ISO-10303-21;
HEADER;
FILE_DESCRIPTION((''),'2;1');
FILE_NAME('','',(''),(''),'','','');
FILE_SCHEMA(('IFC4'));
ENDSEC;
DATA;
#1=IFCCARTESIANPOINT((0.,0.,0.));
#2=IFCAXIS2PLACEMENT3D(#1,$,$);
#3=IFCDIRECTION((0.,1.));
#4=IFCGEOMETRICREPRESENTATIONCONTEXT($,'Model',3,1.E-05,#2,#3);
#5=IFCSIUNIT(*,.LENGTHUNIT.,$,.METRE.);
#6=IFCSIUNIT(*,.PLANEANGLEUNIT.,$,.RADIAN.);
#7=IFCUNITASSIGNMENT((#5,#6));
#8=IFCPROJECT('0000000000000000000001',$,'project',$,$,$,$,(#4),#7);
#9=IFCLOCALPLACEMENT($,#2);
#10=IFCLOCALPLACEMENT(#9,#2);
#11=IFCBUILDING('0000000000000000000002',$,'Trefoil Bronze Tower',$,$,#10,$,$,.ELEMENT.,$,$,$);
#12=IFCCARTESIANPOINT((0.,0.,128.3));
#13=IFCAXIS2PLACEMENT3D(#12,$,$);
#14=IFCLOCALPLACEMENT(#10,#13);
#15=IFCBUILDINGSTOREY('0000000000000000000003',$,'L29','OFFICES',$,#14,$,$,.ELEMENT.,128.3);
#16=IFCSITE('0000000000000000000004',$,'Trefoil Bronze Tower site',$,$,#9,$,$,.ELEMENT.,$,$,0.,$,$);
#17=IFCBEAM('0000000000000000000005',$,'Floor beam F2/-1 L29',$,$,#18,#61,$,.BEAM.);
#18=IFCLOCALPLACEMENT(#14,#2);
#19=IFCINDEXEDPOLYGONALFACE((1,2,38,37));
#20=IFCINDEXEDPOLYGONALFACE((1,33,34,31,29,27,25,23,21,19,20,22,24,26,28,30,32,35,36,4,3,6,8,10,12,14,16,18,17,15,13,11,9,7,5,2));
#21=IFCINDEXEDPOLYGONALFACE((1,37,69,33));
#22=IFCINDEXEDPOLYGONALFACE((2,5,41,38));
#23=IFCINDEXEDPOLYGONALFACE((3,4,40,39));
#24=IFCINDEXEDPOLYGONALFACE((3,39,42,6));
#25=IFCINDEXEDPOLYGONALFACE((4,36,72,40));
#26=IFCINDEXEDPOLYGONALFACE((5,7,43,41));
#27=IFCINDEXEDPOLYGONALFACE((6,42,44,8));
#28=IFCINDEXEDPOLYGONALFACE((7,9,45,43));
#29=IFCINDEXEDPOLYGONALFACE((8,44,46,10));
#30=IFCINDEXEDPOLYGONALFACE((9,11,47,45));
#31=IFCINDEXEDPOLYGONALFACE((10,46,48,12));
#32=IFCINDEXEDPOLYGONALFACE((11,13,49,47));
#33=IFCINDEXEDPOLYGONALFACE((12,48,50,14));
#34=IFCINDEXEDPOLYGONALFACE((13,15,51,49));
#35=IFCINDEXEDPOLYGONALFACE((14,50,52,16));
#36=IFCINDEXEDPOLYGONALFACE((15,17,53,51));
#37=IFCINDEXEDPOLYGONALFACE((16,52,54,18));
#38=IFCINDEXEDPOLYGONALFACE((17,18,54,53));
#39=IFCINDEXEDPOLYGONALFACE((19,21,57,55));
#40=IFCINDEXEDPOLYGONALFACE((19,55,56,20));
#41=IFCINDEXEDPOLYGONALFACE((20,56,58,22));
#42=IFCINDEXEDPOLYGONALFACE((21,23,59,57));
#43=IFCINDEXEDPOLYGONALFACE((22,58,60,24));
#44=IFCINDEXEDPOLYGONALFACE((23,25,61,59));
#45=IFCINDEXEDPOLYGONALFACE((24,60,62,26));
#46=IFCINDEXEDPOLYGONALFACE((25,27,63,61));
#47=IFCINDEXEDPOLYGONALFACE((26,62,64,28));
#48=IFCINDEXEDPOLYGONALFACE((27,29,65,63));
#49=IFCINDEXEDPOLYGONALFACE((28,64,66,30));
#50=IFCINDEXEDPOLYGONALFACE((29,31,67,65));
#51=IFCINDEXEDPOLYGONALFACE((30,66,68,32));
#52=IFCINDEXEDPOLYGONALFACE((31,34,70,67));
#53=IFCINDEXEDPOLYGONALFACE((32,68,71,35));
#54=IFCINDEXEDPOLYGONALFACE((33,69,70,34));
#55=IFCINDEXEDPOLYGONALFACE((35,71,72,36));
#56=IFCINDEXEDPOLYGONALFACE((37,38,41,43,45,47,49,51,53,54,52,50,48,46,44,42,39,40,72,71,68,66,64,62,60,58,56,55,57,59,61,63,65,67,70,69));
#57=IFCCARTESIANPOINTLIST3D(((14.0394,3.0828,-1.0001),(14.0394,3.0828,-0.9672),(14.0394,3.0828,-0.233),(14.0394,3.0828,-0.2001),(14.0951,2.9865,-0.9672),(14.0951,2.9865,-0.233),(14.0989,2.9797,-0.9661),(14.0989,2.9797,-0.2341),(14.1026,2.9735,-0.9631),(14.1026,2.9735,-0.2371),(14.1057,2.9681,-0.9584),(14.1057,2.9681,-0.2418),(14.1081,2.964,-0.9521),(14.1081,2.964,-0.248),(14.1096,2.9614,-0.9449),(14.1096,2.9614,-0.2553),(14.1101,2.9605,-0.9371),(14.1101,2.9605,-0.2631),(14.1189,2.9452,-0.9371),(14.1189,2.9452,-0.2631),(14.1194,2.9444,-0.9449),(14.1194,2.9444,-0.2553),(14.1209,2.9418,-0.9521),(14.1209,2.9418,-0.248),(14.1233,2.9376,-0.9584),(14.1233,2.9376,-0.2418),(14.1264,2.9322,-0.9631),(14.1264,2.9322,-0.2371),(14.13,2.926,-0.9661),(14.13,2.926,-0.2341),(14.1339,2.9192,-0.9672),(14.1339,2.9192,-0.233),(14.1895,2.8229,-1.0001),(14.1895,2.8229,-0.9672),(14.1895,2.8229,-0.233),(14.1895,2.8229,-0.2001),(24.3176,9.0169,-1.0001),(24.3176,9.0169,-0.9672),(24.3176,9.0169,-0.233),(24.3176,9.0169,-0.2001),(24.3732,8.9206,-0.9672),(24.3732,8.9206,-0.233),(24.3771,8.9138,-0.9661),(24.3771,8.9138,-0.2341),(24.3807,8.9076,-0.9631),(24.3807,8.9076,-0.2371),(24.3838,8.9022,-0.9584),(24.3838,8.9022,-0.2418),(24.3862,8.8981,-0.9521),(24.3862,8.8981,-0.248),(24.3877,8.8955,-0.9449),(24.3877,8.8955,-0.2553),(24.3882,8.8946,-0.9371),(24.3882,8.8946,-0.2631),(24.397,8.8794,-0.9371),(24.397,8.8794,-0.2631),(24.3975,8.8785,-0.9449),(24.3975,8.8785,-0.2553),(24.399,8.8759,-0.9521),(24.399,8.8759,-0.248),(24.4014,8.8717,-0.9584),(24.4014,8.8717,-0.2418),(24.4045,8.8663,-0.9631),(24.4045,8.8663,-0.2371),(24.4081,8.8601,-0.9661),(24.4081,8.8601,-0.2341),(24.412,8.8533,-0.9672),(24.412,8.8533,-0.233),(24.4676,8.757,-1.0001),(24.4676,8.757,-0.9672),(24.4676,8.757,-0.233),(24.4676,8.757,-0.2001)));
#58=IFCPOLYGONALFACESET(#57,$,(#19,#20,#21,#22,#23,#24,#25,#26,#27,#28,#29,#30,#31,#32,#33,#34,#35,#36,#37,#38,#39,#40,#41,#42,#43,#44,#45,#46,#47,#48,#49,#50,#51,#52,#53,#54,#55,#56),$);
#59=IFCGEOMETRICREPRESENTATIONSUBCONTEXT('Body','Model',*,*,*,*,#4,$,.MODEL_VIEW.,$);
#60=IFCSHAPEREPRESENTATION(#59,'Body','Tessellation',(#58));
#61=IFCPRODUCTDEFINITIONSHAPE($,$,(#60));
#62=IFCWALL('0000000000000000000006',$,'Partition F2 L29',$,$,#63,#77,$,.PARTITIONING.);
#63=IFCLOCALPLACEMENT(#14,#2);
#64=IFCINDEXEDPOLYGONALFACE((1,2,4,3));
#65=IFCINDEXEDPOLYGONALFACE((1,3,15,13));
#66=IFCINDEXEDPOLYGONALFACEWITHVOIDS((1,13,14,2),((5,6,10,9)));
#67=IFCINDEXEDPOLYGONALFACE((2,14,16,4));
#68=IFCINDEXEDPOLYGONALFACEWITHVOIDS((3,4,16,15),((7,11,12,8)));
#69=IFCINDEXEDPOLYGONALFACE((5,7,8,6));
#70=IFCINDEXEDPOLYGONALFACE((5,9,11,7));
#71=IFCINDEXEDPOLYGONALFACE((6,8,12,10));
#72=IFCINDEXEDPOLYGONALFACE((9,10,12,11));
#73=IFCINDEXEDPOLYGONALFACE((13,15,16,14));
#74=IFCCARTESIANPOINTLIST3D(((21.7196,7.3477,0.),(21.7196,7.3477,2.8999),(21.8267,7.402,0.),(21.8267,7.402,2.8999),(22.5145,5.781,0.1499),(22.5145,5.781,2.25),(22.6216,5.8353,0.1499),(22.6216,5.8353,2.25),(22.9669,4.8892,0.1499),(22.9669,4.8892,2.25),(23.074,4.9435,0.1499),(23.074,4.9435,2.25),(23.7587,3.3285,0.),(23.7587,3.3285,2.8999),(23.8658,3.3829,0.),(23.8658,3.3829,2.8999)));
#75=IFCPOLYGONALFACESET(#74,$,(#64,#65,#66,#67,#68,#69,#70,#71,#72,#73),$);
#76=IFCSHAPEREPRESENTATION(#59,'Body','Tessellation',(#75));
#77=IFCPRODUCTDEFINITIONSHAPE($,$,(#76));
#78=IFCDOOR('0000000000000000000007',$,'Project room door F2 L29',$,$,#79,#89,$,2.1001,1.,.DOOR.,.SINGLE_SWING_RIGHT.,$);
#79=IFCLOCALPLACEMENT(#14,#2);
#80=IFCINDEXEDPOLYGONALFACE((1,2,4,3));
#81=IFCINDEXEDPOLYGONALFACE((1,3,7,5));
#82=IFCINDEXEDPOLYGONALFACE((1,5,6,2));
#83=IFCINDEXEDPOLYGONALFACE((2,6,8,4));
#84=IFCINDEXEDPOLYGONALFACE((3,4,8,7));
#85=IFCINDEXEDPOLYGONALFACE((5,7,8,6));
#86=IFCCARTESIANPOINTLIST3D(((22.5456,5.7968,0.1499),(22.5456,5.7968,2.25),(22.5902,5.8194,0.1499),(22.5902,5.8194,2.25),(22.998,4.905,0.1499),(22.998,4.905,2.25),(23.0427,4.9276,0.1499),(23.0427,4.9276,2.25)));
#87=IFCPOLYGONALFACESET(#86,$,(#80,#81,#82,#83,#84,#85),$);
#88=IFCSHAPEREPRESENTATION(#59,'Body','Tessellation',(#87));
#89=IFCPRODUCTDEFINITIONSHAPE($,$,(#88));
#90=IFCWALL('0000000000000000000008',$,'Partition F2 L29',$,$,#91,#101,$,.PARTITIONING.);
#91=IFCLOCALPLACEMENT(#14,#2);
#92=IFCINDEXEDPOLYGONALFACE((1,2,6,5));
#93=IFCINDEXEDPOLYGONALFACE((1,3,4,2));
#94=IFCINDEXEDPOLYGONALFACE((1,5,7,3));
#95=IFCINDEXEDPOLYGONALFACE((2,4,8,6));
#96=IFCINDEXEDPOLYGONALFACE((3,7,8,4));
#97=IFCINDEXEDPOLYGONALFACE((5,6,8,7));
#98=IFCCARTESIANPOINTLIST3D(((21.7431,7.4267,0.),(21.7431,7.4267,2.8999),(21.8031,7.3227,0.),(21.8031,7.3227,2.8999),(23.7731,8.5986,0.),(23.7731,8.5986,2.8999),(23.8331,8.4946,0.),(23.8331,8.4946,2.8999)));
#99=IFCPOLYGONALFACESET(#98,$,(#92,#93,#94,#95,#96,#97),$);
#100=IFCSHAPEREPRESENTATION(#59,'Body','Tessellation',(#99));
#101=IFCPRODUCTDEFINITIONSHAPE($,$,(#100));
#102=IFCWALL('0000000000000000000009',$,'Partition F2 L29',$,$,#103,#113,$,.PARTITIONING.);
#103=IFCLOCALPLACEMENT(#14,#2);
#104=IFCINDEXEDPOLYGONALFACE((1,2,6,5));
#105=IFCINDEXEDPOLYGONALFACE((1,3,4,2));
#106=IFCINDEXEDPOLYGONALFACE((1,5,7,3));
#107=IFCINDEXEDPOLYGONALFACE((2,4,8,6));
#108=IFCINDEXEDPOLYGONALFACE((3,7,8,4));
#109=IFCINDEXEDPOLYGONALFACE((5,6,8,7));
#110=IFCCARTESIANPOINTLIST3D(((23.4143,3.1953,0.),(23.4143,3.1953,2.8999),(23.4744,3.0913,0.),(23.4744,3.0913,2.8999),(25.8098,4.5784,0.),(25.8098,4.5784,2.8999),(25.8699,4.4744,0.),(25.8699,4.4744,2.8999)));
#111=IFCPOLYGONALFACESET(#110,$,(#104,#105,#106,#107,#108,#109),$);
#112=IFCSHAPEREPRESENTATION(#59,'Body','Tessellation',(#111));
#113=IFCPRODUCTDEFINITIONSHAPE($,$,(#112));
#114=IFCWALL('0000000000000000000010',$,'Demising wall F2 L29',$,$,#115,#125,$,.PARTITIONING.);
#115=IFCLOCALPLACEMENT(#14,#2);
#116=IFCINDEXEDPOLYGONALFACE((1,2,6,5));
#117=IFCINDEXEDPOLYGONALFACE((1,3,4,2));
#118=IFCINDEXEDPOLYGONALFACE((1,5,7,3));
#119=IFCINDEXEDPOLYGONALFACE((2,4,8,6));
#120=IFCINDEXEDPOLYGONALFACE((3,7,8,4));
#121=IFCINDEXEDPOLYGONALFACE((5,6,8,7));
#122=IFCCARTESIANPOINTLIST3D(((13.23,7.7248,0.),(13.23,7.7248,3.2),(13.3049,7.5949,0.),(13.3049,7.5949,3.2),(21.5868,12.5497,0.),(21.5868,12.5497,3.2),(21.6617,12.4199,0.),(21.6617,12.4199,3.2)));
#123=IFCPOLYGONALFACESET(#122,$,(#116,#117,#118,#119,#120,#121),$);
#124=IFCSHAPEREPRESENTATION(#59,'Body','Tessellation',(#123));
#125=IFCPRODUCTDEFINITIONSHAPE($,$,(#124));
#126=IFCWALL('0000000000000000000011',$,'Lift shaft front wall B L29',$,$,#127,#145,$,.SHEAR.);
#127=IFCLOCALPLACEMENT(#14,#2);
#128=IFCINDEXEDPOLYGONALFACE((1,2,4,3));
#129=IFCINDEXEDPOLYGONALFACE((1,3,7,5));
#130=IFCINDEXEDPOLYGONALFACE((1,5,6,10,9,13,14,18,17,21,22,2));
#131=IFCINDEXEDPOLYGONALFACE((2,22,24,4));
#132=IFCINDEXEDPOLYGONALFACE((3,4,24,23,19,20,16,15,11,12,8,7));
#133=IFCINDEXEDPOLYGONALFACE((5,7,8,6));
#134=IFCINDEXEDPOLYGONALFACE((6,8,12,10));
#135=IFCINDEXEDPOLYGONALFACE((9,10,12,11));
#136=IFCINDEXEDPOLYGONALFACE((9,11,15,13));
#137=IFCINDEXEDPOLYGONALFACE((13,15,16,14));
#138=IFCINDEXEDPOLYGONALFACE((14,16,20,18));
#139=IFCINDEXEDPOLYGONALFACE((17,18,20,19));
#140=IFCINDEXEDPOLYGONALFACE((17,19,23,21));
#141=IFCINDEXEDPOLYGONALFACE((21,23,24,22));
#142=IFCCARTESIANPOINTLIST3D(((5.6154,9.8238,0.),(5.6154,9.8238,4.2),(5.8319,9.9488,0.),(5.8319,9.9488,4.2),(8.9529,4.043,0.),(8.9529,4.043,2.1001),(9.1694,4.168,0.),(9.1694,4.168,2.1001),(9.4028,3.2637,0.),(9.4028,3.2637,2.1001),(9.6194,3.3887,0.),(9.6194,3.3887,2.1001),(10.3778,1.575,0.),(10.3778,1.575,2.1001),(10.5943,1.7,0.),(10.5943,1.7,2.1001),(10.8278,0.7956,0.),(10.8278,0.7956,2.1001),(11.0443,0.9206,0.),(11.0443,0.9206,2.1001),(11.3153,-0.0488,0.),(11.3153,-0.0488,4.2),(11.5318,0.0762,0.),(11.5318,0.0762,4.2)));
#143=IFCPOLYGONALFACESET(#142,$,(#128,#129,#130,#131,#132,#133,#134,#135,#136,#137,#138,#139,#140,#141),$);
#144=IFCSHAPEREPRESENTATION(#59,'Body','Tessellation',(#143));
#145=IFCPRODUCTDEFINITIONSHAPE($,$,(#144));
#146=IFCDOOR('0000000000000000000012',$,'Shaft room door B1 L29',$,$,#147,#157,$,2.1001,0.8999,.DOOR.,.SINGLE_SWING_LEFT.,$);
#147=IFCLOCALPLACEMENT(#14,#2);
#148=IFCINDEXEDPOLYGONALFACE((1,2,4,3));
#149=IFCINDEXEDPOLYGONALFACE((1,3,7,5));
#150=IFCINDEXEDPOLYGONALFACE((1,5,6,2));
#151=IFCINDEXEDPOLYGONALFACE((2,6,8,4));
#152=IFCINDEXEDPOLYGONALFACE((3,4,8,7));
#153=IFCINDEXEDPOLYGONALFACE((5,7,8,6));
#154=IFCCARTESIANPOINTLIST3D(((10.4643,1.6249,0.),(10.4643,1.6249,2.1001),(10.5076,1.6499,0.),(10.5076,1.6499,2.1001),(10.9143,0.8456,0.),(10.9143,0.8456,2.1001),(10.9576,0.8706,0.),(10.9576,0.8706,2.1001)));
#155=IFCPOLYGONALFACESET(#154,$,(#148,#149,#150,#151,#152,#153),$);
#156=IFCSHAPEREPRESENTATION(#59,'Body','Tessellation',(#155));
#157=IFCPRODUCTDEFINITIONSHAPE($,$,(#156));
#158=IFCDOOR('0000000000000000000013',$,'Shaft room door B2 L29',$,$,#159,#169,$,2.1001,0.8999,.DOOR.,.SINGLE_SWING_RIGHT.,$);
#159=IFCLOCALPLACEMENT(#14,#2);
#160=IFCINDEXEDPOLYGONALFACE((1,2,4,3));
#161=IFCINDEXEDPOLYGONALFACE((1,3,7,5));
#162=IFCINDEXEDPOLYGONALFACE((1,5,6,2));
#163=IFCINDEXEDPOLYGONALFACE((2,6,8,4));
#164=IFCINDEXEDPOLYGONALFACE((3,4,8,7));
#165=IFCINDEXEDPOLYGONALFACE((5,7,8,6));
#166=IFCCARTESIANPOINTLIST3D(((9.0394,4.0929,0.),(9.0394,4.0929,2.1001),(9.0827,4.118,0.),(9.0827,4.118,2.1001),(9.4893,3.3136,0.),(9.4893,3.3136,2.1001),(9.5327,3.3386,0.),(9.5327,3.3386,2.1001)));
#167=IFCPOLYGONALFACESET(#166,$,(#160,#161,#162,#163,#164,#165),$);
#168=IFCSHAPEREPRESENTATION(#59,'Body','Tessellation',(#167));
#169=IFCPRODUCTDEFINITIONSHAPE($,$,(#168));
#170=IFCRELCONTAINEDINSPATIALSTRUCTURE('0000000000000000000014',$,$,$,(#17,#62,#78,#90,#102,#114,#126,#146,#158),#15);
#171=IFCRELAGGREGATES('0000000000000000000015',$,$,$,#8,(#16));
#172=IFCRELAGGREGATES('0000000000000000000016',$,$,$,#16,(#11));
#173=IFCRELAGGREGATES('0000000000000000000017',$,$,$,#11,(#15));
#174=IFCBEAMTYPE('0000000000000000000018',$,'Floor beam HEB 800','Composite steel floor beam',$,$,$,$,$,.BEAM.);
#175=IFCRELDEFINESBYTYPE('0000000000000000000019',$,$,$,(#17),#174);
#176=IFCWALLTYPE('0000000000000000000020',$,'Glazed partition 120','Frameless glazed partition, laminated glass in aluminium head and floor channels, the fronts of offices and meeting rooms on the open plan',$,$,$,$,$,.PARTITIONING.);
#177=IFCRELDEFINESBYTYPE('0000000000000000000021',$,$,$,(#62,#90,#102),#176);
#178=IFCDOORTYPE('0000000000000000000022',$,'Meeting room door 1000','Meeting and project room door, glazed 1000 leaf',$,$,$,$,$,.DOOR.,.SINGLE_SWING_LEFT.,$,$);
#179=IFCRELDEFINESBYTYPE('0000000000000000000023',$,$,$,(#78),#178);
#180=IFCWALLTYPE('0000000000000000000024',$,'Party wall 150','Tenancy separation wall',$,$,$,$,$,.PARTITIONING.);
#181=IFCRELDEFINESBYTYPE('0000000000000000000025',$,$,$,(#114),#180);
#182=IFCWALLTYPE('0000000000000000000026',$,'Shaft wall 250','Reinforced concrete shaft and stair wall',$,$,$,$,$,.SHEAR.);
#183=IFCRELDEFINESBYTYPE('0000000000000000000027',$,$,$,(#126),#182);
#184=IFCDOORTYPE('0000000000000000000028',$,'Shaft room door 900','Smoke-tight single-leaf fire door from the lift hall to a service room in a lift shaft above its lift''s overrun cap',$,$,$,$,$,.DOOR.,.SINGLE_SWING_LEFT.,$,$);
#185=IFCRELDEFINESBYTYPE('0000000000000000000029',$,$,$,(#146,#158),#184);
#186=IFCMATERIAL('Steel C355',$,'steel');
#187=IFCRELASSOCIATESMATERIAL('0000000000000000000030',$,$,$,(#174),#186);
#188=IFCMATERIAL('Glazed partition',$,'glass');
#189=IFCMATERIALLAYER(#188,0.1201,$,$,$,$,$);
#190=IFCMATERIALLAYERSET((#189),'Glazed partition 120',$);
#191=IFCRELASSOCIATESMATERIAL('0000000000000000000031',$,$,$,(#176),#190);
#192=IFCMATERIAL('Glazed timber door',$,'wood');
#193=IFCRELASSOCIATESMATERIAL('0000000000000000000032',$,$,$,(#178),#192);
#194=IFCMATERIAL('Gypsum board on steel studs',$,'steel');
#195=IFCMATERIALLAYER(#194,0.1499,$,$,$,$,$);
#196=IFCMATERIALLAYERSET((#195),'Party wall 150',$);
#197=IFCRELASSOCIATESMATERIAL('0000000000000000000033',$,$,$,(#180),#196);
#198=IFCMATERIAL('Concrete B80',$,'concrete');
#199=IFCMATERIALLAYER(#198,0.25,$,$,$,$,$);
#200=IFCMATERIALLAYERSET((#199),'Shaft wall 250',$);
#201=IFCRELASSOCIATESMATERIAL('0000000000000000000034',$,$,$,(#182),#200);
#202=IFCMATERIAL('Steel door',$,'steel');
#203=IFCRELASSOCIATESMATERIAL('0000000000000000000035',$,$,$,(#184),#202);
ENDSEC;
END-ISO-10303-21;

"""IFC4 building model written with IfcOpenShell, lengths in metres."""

from ifc_helpers import new_model, si_unit, direction, frame, frame_2d, origin, origin_2d, place, context, subcontext, project, spatial, rectangle, i_section, extrude, material, layer, layer_set, material_profile, profile_set, type_object, element, fill, save


model = new_model("IFC4")

# Units and contexts
model_context = context("Model", 3, precision=1e-05, world=origin(), true_north=direction((0.0, 1.0)))
body_context = subcontext(model_context, "Body", "Model", "MODEL_VIEW")
ifc_project = project(units=[si_unit("LENGTHUNIT", "METRE"), si_unit("PLANEANGLEUNIT", "RADIAN")], contexts=[model_context])

# Site, building, storey
site_placement = place(None, origin())
site = spatial("IfcSite", under=ifc_project, at=site_placement, Name="Trefoil Bronze Tower site", CompositionType="ELEMENT", RefElevation=0.0)
building_placement = place(site_placement, origin())
building = spatial("IfcBuilding", under=site, at=building_placement, Name="Trefoil Bronze Tower", CompositionType="ELEMENT")
storey_placement = place(building_placement, frame((0.0, 0.0, 128.3)))
storey = spatial("IfcBuildingStorey", under=building, at=storey_placement, Name="L29", Description="OFFICES", CompositionType="ELEMENT", Elevation=128.3)

# Beam
ifc_material_1 = material(Name="Steel C355", Category="steel")
ifc_material_profile_1 = material_profile(ifc_material_1, i_section(OverallWidth=0.3, OverallDepth=0.8, WebThickness=0.0176, FlangeThickness=0.033, FilletRadius=0.03, at=origin_2d()), Name="HEB 800")
ifc_profile_set_1 = profile_set([ifc_material_profile_1], Name="Steel C355")
beam_type_1 = type_object("IfcBeamType", Name="Floor beam HEB 800", Description="Composite steel floor beam", PredefinedType="BEAM", material=ifc_profile_set_1)
beam_placement = place(storey_placement, frame((24.3926, 8.887, -0.6001), z_axis=(-0.866024, -0.500002, 0.0), x_axis=(0.500002, -0.866024, 0.0)))
element("IfcBeam", 1, at=beam_placement, inside=storey, type_object=beam_type_1, Name="Floor beam F2/-1 L29", PredefinedType="BEAM", context=body_context, shape_type="SweptSolid", body=[
    extrude(i_section(OverallWidth=0.3, OverallDepth=0.8, WebThickness=0.0176, FlangeThickness=0.033, FilletRadius=0.03, at=origin_2d()), origin(), (0.0, 0.0, 1.0), 11.8682),
])

# Wall, opening, door
ifc_material_2 = material(Name="Glazed partition", Category="glass")
ifc_layer_1 = layer(ifc_material_2, 0.1201)
ifc_layer_set_1 = layer_set([ifc_layer_1], Name="Glazed partition 120")
wall_type_1 = type_object("IfcWallType", Name="Glazed partition 120", Description="Frameless glazed partition, laminated glass in aluminium head and floor channels, the fronts of offices and meeting rooms on the open plan", PredefinedType="PARTITIONING", material=ifc_layer_set_1)
wall_1_placement = place(storey_placement, frame((23.8123, 3.3557, 0.0), z_axis=(0.0, 0.0, 1.0), x_axis=(-0.45245, 0.89179, 0.0)))
wall_1 = element("IfcWall", 2, at=wall_1_placement, inside=storey, type_object=wall_type_1, Name="Partition F2 L29", PredefinedType="PARTITIONING", context=body_context, shape_type="SweptSolid", body=[
    extrude(rectangle(XDim=4.5068, YDim=0.1201, at=frame_2d((2.2534, 0.0))), origin(), (0.0, 0.0, 1.0), 2.8999),
])
opening_1_placement = place(wall_1_placement, frame((1.75, 0.0, 0.1499)))
opening_1 = element("IfcOpeningElement", 3, at=opening_1_placement, cuts=wall_1, PredefinedType="OPENING", context=body_context, shape_type="SweptSolid", body=[
    extrude(rectangle(XDim=1.0, YDim=2.1001, at=frame_2d((0.5, 1.05))), frame((0.0, 0.0701, 0.0), z_axis=(0.0, -1.0, 0.0), x_axis=(1.0, 0.0, 0.0)), (0.0, 0.0, 1.0), 0.1401),
])
ifc_material_3 = material(Name="Glazed timber door", Category="wood")
door_type_1 = type_object("IfcDoorType", Name="Meeting room door 1000", Description="Meeting and project room door, glazed 1000 leaf", OperationType="SINGLE_SWING_LEFT", PredefinedType="DOOR", material=ifc_material_3)
door_1_placement = place(opening_1_placement, frame((1.0, 0.0, 0.0), z_axis=(0.0, 0.0, 1.0), x_axis=(-1.0, 0.0, 0.0)))
door_1 = element("IfcDoor", 4, at=door_1_placement, inside=storey, type_object=door_type_1, Name="Project room door F2 L29", OperationType="SINGLE_SWING_RIGHT", OverallHeight=2.1001, OverallWidth=1.0, PredefinedType="DOOR", context=body_context, shape_type="SweptSolid", body=[
    extrude(rectangle(XDim=1.0, YDim=2.1001, at=frame_2d((0.5, 1.05))), frame((0.0, 0.0249, 0.0), z_axis=(0.0, -1.0, 0.0), x_axis=(1.0, 0.0, 0.0)), (0.0, 0.0, 1.0), 0.05),
])
fill(opening_1, door_1)

# Walls
wall_2_placement = place(storey_placement, frame((21.7732, 7.3748, 0.0), z_axis=(0.0, 0.0, 1.0), x_axis=(0.866056, 0.499948, 0.0)))
element("IfcWall", 5, at=wall_2_placement, inside=storey, type_object=wall_type_1, Name="Partition F2 L29", PredefinedType="PARTITIONING", context=body_context, shape_type="SweptSolid", body=[
    extrude(rectangle(XDim=2.344, YDim=0.1201, at=frame_2d((1.1719, 0.0))), origin(), (0.0, 0.0, 1.0), 2.8999),
])
wall_3_placement = place(storey_placement, frame((23.4443, 3.1433, 0.0), z_axis=(0.0, 0.0, 1.0), x_axis=(0.866024, 0.500003, 0.0)))
element("IfcWall", 6, at=wall_3_placement, inside=storey, type_object=wall_type_1, Name="Partition F2 L29", PredefinedType="PARTITIONING", context=body_context, shape_type="SweptSolid", body=[
    extrude(rectangle(XDim=2.7661, YDim=0.1201, at=frame_2d((1.3831, 0.0))), origin(), (0.0, 0.0, 1.0), 2.8999),
])
ifc_material_4 = material(Name="Gypsum board on steel studs", Category="steel")
ifc_layer_2 = layer(ifc_material_4, 0.1499)
ifc_layer_set_2 = layer_set([ifc_layer_2], Name="Party wall 150")
wall_type_2 = type_object("IfcWallType", Name="Party wall 150", Description="Tenancy separation wall", PredefinedType="PARTITIONING", material=ifc_layer_set_2)
wall_4_placement = place(storey_placement, frame((13.2676, 7.6599, 0.0), z_axis=(0.0, 0.0, 1.0), x_axis=(0.866016, 0.500017, 0.0)))
element("IfcWall", 7, at=wall_4_placement, inside=storey, type_object=wall_type_2, Name="Demising wall F2 L29", PredefinedType="PARTITIONING", context=body_context, shape_type="SweptSolid", body=[
    extrude(rectangle(XDim=9.6497, YDim=0.1499, at=frame_2d((4.8247, 0.0))), origin(), (0.0, 0.0, 1.0), 3.2),
])

# Wall, openings, doors
ifc_material_5 = material(Name="Concrete B80", Category="concrete")
ifc_layer_3 = layer(ifc_material_5, 0.25)
ifc_layer_set_3 = layer_set([ifc_layer_3], Name="Shaft wall 250")
wall_type_3 = type_object("IfcWallType", Name="Shaft wall 250", Description="Reinforced concrete shaft and stair wall", PredefinedType="SHEAR", material=ifc_layer_set_3)
wall_5_placement = place(storey_placement, frame((11.4236, 0.0137, 0.0), z_axis=(0.0, 0.0, 1.0), x_axis=(-0.500002, 0.866024, 0.0)))
wall_5 = element("IfcWall", 8, at=wall_5_placement, inside=storey, type_object=wall_type_3, Name="Lift shaft front wall B L29", PredefinedType="SHEAR", context=body_context, shape_type="SweptSolid", body=[
    extrude(rectangle(XDim=11.3999, YDim=0.25, at=frame_2d((5.7, 0.0))), origin(), (0.0, 0.0, 1.0), 4.2),
])
opening_2_placement = place(wall_5_placement, frame((0.9751, 0.0, 0.0)))
opening_2 = element("IfcOpeningElement", 9, at=opening_2_placement, cuts=wall_5, PredefinedType="OPENING", context=body_context, shape_type="SweptSolid", body=[
    extrude(rectangle(XDim=0.8999, YDim=2.1001, at=frame_2d((0.45, 1.05))), frame((0.0, 0.135, 0.0), z_axis=(0.0, -1.0, 0.0), x_axis=(1.0, 0.0, 0.0)), (0.0, 0.0, 1.0), 0.27),
])
opening_3_placement = place(wall_5_placement, frame((3.825, 0.0, 0.0)))
opening_3 = element("IfcOpeningElement", 10, at=opening_3_placement, cuts=wall_5, PredefinedType="OPENING", context=body_context, shape_type="SweptSolid", body=[
    extrude(rectangle(XDim=0.8999, YDim=2.1001, at=frame_2d((0.45, 1.05))), frame((0.0, 0.135, 0.0), z_axis=(0.0, -1.0, 0.0), x_axis=(1.0, 0.0, 0.0)), (0.0, 0.0, 1.0), 0.27),
])
ifc_material_6 = material(Name="Steel door", Category="steel")
door_type_2 = type_object("IfcDoorType", Name="Shaft room door 900", Description="Smoke-tight single-leaf fire door from the lift hall to a service room in a lift shaft above its lift's overrun cap", OperationType="SINGLE_SWING_LEFT", PredefinedType="DOOR", material=ifc_material_6)
door_2_placement = place(opening_2_placement, frame((0.8999, 0.0, 0.0), z_axis=(0.0, 0.0, 1.0), x_axis=(-1.0, 0.0, 0.0)))
door_2 = element("IfcDoor", 11, at=door_2_placement, inside=storey, type_object=door_type_2, Name="Shaft room door B1 L29", OperationType="SINGLE_SWING_LEFT", OverallHeight=2.1001, OverallWidth=0.8999, PredefinedType="DOOR", context=body_context, shape_type="SweptSolid", body=[
    extrude(rectangle(XDim=0.8999, YDim=2.1001, at=frame_2d((0.45, 1.05))), frame((0.0, 0.0249, 0.0), z_axis=(0.0, -1.0, 0.0), x_axis=(1.0, 0.0, 0.0)), (0.0, 0.0, 1.0), 0.05),
])
fill(opening_2, door_2)
door_3_placement = place(opening_3_placement, frame((0.8999, 0.0, 0.0), z_axis=(0.0, 0.0, 1.0), x_axis=(-1.0, 0.0, 0.0)))
door_3 = element("IfcDoor", 12, at=door_3_placement, inside=storey, type_object=door_type_2, Name="Shaft room door B2 L29", OperationType="SINGLE_SWING_RIGHT", OverallHeight=2.1001, OverallWidth=0.8999, PredefinedType="DOOR", context=body_context, shape_type="SweptSolid", body=[
    extrude(rectangle(XDim=0.8999, YDim=2.1001, at=frame_2d((0.45, 1.05))), frame((0.0, 0.0249, 0.0), z_axis=(0.0, -1.0, 0.0), x_axis=(1.0, 0.0, 0.0)), (0.0, 0.0, 1.0), 0.05),
])
fill(opening_3, door_3)

save(model, "model.ifc")
